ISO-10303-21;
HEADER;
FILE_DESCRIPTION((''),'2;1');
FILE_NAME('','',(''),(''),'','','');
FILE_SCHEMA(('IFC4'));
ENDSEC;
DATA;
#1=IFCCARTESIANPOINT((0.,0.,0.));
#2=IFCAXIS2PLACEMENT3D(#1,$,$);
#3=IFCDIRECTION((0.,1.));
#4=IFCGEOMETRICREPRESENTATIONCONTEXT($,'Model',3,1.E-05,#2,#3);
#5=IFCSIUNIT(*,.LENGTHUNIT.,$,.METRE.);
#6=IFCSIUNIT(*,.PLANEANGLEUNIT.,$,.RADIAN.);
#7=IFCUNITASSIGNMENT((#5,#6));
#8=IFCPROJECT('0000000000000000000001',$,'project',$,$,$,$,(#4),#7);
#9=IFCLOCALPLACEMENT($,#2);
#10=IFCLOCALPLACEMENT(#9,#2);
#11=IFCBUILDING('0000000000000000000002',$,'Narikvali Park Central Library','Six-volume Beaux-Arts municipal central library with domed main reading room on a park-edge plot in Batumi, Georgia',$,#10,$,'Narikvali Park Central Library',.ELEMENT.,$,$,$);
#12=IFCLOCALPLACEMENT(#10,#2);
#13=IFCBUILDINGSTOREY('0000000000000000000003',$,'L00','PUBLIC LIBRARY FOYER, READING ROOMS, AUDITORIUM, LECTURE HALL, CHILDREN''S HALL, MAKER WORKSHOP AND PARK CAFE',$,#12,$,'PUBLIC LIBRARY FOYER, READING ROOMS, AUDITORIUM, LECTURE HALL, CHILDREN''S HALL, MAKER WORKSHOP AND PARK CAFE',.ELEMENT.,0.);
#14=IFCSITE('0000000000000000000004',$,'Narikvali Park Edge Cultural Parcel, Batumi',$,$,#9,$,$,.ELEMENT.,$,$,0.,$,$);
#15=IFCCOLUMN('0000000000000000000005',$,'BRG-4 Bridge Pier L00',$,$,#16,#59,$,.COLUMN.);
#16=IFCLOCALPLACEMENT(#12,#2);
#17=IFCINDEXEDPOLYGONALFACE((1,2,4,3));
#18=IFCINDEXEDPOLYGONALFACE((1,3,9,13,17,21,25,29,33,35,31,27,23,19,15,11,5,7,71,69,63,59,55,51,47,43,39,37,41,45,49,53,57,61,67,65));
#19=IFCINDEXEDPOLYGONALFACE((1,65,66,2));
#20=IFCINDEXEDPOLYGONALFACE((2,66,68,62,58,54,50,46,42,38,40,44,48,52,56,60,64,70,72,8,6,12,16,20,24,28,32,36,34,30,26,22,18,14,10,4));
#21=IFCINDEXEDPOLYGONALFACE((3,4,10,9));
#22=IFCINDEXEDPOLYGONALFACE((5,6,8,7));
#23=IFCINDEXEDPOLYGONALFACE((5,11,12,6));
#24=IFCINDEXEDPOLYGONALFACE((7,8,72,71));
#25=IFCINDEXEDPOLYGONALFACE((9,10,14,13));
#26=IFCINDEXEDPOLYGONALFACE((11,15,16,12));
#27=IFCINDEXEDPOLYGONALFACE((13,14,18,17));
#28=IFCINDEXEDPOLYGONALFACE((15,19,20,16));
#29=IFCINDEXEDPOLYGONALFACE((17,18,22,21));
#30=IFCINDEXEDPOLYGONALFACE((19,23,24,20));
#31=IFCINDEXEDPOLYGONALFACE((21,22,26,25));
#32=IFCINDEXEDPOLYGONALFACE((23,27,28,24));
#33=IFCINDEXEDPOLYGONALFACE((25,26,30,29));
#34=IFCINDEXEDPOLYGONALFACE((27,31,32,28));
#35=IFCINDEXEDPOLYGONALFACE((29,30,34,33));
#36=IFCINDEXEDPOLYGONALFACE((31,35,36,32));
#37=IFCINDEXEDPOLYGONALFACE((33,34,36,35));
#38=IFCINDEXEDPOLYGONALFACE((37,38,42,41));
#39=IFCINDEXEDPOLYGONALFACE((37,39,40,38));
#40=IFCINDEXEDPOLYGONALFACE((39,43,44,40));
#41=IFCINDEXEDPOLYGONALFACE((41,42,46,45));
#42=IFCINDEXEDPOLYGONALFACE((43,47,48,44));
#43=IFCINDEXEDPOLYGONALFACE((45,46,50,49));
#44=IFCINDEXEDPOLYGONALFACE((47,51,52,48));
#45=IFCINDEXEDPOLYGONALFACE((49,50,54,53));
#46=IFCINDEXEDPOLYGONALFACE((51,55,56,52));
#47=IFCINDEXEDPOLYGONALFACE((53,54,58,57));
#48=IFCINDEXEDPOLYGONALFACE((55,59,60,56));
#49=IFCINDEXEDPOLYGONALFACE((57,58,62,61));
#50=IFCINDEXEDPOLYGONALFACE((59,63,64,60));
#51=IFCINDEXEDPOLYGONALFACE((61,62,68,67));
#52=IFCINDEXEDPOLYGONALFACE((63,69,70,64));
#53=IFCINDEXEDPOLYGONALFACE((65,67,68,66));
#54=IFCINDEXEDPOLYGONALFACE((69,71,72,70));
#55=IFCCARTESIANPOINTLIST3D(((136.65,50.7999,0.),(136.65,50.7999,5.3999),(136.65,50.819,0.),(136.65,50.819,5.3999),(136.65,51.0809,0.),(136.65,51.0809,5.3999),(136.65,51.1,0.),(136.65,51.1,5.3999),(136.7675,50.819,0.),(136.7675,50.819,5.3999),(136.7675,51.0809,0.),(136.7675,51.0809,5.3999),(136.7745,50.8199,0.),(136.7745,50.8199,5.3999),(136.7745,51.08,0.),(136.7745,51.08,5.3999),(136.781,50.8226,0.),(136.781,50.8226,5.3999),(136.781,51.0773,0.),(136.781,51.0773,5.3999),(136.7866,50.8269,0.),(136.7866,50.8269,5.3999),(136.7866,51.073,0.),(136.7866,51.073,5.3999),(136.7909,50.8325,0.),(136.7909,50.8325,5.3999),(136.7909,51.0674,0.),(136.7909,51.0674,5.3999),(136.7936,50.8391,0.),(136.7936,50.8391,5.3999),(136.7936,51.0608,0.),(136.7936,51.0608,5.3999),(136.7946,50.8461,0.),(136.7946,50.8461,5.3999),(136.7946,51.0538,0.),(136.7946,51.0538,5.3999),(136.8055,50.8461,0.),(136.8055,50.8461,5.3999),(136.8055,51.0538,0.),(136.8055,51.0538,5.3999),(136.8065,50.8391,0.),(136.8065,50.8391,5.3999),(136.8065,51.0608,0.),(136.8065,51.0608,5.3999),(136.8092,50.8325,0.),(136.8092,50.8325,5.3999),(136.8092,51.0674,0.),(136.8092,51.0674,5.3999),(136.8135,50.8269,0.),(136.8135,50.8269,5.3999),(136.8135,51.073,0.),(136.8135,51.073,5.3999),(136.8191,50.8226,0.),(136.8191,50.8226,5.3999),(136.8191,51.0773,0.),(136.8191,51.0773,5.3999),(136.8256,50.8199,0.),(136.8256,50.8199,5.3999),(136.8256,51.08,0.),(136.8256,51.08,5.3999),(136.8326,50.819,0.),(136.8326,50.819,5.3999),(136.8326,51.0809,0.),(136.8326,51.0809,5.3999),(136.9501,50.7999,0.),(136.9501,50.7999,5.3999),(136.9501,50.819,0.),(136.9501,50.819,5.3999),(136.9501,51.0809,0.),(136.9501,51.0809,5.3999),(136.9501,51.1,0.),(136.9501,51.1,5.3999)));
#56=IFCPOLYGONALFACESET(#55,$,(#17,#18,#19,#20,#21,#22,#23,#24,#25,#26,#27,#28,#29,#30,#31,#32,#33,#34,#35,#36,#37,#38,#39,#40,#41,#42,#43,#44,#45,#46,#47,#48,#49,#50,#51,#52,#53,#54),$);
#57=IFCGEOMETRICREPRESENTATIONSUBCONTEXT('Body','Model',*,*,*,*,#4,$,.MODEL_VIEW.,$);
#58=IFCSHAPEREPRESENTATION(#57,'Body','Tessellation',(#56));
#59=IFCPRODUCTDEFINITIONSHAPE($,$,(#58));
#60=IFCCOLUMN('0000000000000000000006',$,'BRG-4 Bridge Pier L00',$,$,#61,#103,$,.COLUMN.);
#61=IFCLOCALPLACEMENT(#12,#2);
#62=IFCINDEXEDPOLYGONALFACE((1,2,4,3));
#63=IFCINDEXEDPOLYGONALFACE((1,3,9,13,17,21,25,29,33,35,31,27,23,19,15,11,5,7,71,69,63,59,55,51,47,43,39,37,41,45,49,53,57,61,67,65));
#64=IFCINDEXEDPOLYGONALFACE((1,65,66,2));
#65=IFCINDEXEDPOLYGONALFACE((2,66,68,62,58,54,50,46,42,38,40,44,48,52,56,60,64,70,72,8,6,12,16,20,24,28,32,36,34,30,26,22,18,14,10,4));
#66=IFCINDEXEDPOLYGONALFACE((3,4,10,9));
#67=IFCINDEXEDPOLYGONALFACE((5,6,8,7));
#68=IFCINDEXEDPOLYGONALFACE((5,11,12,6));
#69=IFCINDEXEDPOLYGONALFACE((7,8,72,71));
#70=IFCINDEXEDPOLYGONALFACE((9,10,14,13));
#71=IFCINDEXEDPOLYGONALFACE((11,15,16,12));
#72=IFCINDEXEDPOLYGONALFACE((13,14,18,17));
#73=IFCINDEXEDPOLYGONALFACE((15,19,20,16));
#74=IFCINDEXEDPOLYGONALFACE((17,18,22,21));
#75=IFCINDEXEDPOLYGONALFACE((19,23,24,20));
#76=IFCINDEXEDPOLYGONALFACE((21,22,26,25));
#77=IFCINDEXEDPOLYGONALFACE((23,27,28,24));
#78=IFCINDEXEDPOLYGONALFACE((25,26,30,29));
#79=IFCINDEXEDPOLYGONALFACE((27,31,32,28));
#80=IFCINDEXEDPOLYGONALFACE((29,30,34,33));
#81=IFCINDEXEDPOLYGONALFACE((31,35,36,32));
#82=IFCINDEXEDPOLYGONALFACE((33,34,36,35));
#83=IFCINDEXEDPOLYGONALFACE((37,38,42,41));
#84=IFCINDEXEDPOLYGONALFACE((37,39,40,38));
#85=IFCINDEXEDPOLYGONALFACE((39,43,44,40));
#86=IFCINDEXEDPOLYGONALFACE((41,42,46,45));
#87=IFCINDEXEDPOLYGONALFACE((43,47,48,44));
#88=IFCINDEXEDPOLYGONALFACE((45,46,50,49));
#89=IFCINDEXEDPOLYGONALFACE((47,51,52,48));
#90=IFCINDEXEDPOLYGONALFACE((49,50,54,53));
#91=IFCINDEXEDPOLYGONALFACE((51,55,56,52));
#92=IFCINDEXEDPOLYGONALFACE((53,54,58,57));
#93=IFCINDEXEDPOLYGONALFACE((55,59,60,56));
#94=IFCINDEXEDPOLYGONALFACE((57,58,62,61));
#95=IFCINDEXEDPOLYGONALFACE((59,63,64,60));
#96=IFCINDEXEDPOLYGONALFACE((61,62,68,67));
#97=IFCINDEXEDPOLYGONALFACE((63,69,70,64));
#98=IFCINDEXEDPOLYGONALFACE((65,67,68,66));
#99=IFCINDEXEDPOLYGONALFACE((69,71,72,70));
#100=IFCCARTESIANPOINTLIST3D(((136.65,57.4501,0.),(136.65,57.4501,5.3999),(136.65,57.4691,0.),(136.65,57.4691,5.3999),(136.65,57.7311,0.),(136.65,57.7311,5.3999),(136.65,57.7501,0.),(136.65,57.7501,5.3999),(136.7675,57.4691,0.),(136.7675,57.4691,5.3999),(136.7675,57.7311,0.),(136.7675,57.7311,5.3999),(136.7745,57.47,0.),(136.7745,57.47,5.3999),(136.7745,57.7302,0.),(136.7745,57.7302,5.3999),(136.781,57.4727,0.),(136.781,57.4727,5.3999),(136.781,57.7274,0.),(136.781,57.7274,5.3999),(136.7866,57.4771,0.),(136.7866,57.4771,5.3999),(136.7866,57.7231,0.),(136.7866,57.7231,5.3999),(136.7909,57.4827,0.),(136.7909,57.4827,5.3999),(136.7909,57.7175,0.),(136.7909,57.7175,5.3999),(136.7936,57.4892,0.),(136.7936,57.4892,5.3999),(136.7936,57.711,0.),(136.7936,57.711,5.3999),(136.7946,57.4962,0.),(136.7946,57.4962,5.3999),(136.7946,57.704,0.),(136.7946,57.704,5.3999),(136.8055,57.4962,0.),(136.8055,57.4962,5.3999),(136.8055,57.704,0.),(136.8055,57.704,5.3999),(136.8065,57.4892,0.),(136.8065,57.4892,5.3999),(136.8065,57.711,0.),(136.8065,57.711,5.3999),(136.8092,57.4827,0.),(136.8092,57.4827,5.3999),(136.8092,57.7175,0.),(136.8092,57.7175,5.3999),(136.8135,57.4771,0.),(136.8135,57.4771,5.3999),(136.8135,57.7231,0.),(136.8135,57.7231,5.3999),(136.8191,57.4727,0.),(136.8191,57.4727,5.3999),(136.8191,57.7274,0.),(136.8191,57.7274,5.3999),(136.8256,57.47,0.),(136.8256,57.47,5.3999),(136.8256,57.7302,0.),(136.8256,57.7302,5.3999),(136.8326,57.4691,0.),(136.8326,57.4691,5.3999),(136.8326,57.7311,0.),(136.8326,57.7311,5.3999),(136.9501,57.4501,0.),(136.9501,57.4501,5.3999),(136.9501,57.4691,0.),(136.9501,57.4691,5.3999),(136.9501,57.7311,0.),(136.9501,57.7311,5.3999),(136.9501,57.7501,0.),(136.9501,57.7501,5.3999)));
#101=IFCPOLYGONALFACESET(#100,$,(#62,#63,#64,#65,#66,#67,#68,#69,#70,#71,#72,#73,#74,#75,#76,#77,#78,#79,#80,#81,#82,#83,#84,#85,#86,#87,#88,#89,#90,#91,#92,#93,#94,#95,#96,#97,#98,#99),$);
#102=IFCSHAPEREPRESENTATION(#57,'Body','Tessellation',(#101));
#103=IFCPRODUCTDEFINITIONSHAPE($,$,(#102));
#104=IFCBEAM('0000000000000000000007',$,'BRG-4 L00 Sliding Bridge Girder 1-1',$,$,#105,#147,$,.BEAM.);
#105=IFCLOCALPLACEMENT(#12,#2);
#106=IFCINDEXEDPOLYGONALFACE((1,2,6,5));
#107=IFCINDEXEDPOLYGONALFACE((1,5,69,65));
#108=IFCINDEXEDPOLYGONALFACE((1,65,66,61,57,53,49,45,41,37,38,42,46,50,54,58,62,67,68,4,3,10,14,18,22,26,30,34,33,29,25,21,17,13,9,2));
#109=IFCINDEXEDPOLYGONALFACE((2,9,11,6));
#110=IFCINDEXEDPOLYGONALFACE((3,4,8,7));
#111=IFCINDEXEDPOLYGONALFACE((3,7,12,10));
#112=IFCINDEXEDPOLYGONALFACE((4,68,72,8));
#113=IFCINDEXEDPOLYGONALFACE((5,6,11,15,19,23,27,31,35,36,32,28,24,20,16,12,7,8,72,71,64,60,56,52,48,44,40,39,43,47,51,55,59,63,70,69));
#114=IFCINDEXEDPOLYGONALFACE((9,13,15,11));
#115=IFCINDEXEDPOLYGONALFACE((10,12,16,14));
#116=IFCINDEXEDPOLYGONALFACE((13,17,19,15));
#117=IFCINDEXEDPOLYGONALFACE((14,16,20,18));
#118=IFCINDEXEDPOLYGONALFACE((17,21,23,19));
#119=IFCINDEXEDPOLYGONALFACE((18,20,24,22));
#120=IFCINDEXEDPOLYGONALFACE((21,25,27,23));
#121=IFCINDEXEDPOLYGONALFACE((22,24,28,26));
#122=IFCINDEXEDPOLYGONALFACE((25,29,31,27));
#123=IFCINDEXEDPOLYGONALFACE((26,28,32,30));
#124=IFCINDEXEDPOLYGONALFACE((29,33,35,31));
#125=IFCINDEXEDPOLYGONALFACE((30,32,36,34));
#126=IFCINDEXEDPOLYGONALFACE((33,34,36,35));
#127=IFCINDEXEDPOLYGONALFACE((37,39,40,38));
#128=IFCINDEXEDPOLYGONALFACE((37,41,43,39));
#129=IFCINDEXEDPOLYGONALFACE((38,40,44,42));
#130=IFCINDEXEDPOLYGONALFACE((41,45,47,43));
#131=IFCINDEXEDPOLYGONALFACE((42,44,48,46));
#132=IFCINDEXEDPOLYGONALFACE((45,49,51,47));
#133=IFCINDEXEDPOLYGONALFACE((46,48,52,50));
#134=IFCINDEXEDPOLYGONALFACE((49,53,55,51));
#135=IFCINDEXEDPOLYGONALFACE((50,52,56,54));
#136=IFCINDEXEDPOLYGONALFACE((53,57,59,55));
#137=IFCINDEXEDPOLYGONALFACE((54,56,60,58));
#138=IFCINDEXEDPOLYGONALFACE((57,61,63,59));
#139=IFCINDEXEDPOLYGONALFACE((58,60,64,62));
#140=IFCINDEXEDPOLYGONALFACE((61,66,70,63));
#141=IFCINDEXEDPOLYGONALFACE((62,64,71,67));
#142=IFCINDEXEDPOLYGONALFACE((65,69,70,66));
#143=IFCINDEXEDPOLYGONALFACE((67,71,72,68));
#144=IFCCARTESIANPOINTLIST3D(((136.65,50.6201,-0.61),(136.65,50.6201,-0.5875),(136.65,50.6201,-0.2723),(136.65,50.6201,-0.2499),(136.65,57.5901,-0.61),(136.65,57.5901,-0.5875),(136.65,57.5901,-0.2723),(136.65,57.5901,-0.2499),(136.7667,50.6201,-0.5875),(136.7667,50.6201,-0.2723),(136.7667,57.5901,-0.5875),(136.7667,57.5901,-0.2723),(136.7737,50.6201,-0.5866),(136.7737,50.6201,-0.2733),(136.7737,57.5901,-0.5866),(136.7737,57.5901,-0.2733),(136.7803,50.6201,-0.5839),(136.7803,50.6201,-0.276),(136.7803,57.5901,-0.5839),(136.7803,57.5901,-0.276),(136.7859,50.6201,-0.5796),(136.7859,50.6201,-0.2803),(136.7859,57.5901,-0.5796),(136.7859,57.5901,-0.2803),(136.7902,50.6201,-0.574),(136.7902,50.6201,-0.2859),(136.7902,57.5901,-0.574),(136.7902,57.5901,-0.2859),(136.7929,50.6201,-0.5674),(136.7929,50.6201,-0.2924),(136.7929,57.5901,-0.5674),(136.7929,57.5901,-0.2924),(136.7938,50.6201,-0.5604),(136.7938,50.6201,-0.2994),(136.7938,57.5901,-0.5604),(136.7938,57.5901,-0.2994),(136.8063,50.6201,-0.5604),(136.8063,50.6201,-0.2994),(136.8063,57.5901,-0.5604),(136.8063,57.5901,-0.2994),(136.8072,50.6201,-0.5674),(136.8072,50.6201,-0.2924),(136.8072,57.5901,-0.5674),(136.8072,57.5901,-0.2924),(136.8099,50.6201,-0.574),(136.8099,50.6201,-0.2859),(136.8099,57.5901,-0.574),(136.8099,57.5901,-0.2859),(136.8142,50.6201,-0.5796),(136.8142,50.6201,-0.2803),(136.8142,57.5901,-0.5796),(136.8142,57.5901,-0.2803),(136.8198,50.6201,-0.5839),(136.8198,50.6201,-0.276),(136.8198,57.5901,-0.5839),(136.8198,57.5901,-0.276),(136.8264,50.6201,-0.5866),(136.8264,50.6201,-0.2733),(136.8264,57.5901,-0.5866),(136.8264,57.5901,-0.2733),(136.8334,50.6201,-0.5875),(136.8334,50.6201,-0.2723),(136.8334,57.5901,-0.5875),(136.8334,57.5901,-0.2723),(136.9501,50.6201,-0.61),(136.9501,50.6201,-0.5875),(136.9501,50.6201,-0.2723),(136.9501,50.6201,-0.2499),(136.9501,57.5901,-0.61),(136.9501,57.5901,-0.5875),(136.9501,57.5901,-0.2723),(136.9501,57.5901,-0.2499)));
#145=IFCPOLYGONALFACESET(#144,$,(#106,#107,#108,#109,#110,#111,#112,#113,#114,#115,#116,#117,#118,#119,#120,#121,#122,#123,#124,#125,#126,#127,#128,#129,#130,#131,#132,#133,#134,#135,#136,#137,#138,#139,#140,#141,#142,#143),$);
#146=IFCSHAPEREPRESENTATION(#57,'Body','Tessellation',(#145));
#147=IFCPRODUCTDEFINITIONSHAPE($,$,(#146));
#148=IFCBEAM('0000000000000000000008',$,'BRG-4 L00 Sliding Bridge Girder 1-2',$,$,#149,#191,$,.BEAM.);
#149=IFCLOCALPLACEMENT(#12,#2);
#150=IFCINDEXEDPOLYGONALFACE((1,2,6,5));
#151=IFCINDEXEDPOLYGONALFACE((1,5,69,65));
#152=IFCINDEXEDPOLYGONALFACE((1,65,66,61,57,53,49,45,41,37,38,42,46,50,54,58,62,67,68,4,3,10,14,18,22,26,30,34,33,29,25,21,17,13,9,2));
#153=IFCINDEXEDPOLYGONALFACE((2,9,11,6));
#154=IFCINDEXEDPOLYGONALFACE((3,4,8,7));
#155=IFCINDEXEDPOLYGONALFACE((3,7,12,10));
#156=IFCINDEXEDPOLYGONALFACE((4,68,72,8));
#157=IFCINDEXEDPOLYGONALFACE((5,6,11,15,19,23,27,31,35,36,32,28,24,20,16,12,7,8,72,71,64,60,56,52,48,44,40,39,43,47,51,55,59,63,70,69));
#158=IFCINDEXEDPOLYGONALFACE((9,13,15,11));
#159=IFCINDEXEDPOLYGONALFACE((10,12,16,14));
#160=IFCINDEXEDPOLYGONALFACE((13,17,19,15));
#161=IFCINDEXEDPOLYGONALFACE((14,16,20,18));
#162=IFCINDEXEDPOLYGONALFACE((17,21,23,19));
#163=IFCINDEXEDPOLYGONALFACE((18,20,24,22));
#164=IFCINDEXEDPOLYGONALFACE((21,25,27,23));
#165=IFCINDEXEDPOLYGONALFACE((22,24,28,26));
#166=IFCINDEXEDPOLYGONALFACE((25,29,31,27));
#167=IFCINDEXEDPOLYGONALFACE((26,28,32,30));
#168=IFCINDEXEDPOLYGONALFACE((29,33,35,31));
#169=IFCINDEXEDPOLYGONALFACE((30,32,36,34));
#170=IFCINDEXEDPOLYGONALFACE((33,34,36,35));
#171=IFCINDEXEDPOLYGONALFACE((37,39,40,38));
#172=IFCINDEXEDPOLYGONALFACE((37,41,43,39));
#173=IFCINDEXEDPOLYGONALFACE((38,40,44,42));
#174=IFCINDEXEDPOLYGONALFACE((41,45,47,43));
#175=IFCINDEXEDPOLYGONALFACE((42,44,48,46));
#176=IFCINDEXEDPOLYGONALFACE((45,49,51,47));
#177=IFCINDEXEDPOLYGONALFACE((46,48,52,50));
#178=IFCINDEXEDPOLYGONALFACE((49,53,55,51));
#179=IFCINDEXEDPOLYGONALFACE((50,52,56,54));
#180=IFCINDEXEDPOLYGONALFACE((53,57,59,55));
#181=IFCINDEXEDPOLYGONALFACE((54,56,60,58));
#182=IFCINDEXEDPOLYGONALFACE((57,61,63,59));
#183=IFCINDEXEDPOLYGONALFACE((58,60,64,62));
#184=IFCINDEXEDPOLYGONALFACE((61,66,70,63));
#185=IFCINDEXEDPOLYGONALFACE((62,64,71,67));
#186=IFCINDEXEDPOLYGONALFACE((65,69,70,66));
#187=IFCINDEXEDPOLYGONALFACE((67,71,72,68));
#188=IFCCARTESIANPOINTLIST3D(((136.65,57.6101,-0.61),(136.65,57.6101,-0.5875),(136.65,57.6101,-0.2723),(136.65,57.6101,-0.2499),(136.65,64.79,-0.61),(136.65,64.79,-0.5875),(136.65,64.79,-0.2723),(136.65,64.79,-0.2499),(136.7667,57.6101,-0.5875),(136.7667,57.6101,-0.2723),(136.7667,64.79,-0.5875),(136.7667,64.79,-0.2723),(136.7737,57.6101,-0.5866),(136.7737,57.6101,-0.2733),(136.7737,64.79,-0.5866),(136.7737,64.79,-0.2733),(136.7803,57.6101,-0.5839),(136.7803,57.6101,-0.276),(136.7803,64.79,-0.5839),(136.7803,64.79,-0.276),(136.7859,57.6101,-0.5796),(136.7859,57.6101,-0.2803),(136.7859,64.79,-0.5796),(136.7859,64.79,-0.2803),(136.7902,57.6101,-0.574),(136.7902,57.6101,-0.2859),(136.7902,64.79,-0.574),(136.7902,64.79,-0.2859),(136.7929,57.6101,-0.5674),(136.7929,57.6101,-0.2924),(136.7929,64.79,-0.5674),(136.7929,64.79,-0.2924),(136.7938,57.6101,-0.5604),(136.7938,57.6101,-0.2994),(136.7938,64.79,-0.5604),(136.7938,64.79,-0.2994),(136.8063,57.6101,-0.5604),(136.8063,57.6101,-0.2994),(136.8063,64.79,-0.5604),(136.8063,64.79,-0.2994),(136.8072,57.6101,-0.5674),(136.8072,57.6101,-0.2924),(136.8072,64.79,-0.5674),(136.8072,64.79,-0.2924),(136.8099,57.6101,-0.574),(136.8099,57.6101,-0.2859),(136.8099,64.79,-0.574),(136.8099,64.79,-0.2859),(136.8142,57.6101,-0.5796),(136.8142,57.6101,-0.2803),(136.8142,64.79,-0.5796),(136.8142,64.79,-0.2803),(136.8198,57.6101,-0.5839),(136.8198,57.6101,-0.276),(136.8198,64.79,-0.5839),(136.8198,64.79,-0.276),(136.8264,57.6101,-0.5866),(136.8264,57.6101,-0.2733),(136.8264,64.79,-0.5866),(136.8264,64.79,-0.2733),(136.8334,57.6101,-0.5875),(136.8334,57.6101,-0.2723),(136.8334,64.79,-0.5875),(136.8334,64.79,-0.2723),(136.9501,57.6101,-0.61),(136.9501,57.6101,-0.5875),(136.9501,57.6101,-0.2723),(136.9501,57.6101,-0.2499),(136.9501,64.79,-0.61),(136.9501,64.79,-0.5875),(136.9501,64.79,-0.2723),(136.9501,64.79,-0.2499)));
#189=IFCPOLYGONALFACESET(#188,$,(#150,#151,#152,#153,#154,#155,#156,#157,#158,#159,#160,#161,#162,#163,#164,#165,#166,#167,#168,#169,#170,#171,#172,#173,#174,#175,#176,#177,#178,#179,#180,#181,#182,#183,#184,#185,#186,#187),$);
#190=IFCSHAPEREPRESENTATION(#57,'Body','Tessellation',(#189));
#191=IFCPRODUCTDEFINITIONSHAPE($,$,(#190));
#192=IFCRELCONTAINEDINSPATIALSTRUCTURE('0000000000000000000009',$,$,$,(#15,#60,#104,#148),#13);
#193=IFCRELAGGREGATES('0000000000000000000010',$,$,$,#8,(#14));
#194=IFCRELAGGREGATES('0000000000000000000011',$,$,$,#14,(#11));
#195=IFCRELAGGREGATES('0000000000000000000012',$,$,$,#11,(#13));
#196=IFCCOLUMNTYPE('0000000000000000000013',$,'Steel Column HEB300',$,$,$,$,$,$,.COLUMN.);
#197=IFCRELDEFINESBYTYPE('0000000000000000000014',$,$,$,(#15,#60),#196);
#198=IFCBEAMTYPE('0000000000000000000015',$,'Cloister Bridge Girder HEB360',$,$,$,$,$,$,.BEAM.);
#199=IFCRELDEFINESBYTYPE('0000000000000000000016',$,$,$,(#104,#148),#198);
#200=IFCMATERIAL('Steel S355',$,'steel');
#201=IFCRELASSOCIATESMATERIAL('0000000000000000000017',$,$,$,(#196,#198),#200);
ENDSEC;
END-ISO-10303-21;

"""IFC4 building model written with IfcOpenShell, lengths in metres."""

from ifc_helpers import new_model, si_unit, direction, frame, origin, origin_2d, place, context, subcontext, project, spatial, i_section, extrude, material, material_profile, profile_set, type_object, element, save


model = new_model("IFC4")

# Units and contexts
model_context = context("Model", 3, precision=1e-05, world=origin(), true_north=direction((0.0, 1.0)))
body_context = subcontext(model_context, "Body", "Model", "MODEL_VIEW")
ifc_project = project(units=[si_unit("LENGTHUNIT", "METRE"), si_unit("PLANEANGLEUNIT", "RADIAN")], contexts=[model_context])

# Site, building, storey
site_placement = place(None, origin())
site = spatial("IfcSite", under=ifc_project, at=site_placement, Name="Narikvali Park Edge Cultural Parcel, Batumi", CompositionType="ELEMENT", RefElevation=0.0)
building_placement = place(site_placement, origin())
building = spatial("IfcBuilding", under=site, at=building_placement, Name="Narikvali Park Central Library", Description="Six-volume Beaux-Arts municipal central library with domed main reading room on a park-edge plot in Batumi, Georgia", LongName="Narikvali Park Central Library", CompositionType="ELEMENT")
storey_placement = place(building_placement, origin())
storey = spatial("IfcBuildingStorey", under=building, at=storey_placement, Name="L00", Description="PUBLIC LIBRARY FOYER, READING ROOMS, AUDITORIUM, LECTURE HALL, CHILDREN'S HALL, MAKER WORKSHOP AND PARK CAFE", LongName="PUBLIC LIBRARY FOYER, READING ROOMS, AUDITORIUM, LECTURE HALL, CHILDREN'S HALL, MAKER WORKSHOP AND PARK CAFE", CompositionType="ELEMENT", Elevation=0.0)

# Columns
ifc_material_1 = material(Name="Steel S355", Category="steel")
ifc_material_profile_1 = material_profile(ifc_material_1, i_section(OverallWidth=0.3, OverallDepth=0.3, WebThickness=0.011, FlangeThickness=0.019, FilletRadius=0.0271, at=origin_2d()), Name="HEB 300")
ifc_profile_set_1 = profile_set([ifc_material_profile_1], Name="Steel S355")
column_type = type_object("IfcColumnType", Name="Steel Column HEB300", PredefinedType="COLUMN", material=ifc_profile_set_1)
for number, where, z_axis, x_axis, name in (
    (1, (136.8, 50.95, 0.0), (0.0, 0.0, 1.0), (1.0, 0.0, 0.0), "BRG-4 Bridge Pier L00"),
    (2, (136.8, 57.6001, 0.0), (0.0, 0.0, 1.0), (1.0, 0.0, 0.0), "BRG-4 Bridge Pier L00"),
):
    element("IfcColumn", number, at=place(storey_placement, frame(where, z_axis=z_axis, x_axis=x_axis)), inside=storey, type_object=column_type, Name=name, PredefinedType="COLUMN", context=body_context, shape_type="SweptSolid", body=[
        extrude(i_section(OverallWidth=0.3, OverallDepth=0.3, WebThickness=0.011, FlangeThickness=0.019, FilletRadius=0.0271, at=origin_2d()), origin(), (0.0, 0.0, 1.0), 5.3999),
    ])

# Beams
ifc_material_profile_2 = material_profile(ifc_material_1, i_section(OverallWidth=0.3, OverallDepth=0.3601, WebThickness=0.0125, FlangeThickness=0.0225, FilletRadius=0.0271, at=origin_2d()), Name="HEB 360")
ifc_profile_set_2 = profile_set([ifc_material_profile_2], Name="Steel S355")
beam_type_1 = type_object("IfcBeamType", Name="Cloister Bridge Girder HEB360", PredefinedType="BEAM", material=ifc_profile_set_2)
beam_1_placement = place(storey_placement, frame((136.8, 50.6201, -0.4299), z_axis=(0.0, 1.0, 0.0), x_axis=(-1.0, 0.0, 0.0)))
element("IfcBeam", 3, at=beam_1_placement, inside=storey, type_object=beam_type_1, Name="BRG-4 L00 Sliding Bridge Girder 1-1", PredefinedType="BEAM", context=body_context, shape_type="SweptSolid", body=[
    extrude(i_section(OverallWidth=0.3, OverallDepth=0.3601, WebThickness=0.0125, FlangeThickness=0.0225, FilletRadius=0.0271, at=origin_2d()), origin(), (0.0, 0.0, 1.0), 6.97),
])
beam_2_placement = place(storey_placement, frame((136.8, 57.6101, -0.4299), z_axis=(0.0, 1.0, 0.0), x_axis=(-1.0, 0.0, 0.0)))
element("IfcBeam", 4, at=beam_2_placement, inside=storey, type_object=beam_type_1, Name="BRG-4 L00 Sliding Bridge Girder 1-2", PredefinedType="BEAM", context=body_context, shape_type="SweptSolid", body=[
    extrude(i_section(OverallWidth=0.3, OverallDepth=0.3601, WebThickness=0.0125, FlangeThickness=0.0225, FilletRadius=0.0271, at=origin_2d()), origin(), (0.0, 0.0, 1.0), 7.1799),
])

save(model, "model.ifc")
